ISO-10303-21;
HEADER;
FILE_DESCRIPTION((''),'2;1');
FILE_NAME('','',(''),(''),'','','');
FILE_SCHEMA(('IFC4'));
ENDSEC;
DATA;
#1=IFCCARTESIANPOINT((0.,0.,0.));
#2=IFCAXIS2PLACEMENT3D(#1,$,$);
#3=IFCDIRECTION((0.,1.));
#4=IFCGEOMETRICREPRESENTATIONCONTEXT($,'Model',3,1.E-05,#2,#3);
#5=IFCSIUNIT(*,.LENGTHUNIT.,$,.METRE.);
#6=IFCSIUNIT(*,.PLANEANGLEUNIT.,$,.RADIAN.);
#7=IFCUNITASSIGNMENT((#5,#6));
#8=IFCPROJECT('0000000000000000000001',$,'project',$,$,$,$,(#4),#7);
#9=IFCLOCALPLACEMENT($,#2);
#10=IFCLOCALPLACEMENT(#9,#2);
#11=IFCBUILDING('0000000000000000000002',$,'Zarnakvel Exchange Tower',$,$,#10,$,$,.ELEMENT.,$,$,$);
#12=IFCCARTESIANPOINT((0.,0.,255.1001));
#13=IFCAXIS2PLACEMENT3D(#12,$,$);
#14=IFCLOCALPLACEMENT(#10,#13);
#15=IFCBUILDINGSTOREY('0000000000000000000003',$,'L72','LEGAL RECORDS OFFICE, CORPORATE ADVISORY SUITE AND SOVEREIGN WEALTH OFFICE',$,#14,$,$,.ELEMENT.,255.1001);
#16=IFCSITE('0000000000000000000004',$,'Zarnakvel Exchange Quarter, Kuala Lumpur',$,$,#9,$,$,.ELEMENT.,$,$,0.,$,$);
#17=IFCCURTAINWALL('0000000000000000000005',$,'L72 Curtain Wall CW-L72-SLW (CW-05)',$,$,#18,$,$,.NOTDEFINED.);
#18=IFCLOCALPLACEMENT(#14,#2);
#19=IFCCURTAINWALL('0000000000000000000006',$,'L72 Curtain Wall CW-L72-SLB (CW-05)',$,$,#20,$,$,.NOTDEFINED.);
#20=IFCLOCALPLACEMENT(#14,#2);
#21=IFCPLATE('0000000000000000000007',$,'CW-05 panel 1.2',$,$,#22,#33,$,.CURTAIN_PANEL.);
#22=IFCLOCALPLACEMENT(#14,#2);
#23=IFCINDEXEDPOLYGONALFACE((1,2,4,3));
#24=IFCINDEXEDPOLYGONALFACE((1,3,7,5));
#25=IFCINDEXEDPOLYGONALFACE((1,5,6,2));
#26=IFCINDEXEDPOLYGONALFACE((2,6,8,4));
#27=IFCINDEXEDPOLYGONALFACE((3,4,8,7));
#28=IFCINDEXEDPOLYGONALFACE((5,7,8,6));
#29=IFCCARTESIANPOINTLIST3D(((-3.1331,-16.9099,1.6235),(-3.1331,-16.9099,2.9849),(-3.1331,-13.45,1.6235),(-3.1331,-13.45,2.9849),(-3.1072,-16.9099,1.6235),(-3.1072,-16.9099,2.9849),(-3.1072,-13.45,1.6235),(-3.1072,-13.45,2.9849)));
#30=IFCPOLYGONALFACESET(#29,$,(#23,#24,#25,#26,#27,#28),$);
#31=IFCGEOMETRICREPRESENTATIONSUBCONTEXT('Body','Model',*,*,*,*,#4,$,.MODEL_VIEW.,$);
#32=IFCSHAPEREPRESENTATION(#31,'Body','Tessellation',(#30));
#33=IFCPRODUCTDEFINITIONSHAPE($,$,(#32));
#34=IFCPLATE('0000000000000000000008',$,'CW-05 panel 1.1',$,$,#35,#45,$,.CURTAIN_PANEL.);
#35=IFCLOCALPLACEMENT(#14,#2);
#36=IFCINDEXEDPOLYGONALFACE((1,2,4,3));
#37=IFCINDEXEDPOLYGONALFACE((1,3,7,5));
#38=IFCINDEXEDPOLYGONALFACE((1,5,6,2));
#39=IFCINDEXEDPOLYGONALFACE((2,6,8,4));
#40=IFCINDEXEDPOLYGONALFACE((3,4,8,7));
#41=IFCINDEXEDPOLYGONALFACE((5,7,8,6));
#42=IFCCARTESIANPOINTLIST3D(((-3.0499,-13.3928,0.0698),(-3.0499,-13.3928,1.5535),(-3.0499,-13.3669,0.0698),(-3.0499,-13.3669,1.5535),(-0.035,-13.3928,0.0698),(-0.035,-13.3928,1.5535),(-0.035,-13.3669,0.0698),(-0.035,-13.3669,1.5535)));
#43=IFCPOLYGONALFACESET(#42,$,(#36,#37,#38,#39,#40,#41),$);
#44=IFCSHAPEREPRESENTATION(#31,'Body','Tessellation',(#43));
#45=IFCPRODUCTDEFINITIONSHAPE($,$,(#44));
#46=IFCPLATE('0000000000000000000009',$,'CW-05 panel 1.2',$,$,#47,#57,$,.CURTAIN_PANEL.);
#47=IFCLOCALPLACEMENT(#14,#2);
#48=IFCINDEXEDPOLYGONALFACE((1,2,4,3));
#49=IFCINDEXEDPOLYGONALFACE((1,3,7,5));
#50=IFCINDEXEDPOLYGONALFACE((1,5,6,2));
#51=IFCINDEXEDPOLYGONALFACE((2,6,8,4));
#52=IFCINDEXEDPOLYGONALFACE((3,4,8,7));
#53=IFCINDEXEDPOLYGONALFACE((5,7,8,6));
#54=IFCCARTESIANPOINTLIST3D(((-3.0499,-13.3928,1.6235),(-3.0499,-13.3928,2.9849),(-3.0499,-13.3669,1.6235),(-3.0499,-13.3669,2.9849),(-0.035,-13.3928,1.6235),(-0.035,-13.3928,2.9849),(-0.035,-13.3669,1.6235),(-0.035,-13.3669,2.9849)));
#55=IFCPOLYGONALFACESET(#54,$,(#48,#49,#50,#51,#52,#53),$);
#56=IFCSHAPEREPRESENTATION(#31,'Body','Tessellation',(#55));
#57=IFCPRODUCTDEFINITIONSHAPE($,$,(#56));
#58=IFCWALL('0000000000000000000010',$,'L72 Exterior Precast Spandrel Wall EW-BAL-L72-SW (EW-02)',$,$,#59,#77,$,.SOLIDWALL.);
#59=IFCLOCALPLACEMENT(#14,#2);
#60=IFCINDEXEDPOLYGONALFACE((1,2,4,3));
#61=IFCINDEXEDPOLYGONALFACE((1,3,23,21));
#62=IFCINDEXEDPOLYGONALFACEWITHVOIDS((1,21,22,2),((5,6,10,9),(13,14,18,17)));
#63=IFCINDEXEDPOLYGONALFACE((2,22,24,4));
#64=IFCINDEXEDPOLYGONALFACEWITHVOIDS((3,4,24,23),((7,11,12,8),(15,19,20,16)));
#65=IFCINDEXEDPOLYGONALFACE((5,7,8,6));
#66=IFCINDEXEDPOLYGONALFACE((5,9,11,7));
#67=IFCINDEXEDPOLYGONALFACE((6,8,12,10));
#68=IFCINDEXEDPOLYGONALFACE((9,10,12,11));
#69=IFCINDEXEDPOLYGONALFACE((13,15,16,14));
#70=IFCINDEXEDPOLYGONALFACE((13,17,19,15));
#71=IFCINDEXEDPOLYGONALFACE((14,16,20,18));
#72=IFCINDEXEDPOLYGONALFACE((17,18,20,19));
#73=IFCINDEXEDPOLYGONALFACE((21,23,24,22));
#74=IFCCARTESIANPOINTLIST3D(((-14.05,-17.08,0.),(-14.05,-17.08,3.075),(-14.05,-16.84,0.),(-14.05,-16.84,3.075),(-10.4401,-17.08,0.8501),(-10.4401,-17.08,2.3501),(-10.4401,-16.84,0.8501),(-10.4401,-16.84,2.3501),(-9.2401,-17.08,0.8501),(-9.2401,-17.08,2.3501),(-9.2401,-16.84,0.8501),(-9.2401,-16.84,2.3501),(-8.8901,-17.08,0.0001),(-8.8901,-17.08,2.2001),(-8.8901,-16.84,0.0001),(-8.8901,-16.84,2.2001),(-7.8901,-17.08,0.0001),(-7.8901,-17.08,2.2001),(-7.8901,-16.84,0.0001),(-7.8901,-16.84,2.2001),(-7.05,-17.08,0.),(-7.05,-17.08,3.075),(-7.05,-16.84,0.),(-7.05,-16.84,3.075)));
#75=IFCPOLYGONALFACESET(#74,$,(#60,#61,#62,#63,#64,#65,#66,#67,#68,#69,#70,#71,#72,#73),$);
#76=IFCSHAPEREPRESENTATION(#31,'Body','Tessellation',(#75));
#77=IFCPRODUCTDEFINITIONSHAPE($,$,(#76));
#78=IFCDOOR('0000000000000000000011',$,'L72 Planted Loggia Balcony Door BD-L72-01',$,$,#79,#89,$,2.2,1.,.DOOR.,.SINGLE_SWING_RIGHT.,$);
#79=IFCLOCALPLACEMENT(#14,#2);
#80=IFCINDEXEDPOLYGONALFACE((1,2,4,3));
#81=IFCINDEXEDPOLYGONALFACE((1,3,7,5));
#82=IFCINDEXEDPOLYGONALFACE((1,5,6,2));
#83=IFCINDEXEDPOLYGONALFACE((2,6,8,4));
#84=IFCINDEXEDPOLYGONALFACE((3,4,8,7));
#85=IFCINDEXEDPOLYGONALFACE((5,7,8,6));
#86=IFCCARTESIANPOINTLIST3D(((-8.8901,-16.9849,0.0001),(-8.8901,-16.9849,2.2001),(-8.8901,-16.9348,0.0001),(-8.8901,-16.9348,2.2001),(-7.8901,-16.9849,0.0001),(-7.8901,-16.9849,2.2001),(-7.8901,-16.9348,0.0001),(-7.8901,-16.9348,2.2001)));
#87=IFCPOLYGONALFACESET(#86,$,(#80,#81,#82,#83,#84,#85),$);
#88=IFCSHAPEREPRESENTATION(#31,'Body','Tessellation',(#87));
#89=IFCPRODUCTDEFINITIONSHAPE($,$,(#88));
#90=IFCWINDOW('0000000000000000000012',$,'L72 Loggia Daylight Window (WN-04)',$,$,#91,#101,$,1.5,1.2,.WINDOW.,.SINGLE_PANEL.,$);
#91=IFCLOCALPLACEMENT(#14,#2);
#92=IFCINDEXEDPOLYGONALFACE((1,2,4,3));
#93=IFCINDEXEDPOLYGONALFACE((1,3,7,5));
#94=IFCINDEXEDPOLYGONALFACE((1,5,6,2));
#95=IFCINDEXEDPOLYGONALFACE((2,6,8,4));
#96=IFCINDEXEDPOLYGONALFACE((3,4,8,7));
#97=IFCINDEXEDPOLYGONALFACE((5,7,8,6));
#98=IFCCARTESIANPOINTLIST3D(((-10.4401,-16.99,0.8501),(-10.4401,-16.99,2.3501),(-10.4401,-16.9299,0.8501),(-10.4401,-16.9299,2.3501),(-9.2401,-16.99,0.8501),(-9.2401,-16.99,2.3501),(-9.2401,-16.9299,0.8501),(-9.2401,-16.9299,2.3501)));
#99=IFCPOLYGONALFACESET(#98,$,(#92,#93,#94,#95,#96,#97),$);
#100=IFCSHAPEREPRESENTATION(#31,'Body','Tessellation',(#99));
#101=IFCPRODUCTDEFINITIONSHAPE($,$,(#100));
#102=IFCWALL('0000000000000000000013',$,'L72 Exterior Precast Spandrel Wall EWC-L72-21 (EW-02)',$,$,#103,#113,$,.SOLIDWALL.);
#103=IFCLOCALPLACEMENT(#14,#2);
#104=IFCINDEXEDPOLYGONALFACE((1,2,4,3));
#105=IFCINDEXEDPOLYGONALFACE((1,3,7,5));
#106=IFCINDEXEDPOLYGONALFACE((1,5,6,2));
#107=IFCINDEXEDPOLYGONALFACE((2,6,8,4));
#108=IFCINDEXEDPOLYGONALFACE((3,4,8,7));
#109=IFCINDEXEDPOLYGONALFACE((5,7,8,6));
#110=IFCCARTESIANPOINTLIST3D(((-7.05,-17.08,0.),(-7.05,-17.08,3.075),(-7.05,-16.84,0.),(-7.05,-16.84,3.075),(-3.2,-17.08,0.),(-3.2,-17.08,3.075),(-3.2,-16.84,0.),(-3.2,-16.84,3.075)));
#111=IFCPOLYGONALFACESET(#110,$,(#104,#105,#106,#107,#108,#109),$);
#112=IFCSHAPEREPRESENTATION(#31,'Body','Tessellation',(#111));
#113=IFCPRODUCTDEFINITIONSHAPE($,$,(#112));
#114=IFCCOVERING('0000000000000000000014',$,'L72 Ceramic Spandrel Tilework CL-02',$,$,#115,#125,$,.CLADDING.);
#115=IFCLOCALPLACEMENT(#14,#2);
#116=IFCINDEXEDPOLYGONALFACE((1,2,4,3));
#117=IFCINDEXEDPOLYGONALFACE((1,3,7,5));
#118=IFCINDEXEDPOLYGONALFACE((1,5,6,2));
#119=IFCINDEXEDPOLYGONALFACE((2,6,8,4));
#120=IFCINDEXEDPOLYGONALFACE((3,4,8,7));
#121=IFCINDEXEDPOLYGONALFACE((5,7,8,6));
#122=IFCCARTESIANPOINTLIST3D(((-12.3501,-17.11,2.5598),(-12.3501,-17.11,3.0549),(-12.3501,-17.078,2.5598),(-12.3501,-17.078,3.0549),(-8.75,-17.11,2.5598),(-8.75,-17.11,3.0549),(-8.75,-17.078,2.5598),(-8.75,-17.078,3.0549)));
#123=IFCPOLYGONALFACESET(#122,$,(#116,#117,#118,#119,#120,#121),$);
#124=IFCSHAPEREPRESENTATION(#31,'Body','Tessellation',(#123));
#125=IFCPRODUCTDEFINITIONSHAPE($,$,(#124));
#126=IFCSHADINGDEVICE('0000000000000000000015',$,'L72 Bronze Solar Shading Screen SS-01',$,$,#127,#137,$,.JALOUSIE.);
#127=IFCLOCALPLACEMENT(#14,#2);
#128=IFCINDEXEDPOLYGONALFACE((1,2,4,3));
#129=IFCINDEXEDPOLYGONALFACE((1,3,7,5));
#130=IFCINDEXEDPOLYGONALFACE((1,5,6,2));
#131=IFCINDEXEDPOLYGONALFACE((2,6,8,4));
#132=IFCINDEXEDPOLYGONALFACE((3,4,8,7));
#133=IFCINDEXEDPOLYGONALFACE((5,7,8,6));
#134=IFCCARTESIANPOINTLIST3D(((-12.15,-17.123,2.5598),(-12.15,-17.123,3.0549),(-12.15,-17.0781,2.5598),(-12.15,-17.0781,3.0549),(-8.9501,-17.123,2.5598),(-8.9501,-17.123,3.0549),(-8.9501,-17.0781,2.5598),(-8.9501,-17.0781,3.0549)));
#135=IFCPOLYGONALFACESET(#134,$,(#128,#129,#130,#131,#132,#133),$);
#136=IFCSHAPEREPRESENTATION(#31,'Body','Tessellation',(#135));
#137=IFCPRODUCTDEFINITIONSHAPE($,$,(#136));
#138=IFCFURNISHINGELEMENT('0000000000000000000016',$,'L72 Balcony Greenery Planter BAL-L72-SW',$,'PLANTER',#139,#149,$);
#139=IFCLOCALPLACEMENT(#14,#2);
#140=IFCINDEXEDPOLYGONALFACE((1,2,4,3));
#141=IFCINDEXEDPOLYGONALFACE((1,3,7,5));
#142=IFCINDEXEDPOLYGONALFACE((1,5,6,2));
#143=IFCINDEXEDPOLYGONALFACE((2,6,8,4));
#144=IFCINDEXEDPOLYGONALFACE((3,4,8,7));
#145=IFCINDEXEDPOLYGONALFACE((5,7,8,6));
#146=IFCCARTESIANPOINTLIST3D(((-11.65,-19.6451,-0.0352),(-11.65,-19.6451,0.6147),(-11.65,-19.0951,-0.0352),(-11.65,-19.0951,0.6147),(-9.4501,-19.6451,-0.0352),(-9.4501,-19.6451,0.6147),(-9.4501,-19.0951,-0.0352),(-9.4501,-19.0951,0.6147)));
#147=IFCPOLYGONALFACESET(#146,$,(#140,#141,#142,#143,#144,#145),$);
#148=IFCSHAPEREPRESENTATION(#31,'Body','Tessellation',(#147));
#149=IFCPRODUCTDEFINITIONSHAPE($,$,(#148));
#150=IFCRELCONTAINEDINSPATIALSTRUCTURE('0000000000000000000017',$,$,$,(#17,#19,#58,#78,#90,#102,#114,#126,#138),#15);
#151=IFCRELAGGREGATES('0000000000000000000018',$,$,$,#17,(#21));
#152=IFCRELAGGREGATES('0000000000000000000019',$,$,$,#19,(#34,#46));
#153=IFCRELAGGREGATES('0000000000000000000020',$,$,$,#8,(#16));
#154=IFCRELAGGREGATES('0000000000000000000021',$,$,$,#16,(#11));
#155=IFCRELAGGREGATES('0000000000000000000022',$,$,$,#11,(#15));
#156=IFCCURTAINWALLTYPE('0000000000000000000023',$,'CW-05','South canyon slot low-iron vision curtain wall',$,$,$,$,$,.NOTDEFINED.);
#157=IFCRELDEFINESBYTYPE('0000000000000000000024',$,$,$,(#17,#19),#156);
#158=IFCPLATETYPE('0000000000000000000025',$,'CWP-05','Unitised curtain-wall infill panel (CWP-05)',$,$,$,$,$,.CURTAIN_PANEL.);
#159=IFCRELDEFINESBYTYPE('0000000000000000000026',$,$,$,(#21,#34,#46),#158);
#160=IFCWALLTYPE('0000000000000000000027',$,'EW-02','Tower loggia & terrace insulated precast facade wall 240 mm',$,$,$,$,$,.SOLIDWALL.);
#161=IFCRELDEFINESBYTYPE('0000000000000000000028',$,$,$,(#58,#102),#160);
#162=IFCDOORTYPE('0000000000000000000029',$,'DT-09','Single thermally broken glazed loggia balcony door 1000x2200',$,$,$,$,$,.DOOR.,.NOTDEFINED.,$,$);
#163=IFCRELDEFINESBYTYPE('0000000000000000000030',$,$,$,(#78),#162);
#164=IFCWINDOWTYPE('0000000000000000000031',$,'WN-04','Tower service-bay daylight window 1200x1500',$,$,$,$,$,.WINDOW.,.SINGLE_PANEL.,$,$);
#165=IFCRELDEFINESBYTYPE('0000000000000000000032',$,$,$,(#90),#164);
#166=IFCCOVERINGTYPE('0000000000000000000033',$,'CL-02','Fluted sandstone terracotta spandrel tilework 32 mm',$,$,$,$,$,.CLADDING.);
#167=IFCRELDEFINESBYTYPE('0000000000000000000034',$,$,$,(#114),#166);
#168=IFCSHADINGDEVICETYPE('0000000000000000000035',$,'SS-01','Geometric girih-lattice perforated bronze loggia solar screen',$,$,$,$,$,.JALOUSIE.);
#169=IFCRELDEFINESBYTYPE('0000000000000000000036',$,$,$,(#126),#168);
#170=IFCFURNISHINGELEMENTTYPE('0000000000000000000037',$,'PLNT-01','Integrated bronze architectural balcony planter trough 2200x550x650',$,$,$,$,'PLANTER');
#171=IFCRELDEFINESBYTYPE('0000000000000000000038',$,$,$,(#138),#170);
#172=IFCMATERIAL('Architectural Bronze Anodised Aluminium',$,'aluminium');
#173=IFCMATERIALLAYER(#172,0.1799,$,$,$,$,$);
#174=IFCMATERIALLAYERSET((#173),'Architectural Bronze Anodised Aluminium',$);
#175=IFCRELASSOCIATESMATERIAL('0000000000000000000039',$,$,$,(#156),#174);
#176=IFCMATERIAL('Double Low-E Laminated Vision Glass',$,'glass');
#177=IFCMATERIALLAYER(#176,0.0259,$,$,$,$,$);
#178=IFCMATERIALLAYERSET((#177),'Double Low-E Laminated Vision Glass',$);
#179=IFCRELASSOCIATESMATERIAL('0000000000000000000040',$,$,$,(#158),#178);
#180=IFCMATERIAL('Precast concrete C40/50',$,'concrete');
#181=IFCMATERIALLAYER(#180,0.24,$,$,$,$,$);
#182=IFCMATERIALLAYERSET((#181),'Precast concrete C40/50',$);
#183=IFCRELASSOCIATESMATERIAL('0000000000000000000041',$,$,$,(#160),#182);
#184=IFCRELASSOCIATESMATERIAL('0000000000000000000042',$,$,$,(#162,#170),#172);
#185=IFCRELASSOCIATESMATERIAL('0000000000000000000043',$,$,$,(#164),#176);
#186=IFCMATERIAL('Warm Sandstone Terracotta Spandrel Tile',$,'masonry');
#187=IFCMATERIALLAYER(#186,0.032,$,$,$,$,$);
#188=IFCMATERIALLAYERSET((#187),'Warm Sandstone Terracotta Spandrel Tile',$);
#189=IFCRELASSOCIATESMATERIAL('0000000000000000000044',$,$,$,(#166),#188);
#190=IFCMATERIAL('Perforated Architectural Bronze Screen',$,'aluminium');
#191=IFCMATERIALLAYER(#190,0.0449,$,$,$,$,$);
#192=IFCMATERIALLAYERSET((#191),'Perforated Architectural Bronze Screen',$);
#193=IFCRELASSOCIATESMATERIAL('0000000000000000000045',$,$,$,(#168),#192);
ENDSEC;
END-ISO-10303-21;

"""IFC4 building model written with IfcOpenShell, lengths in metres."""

from ifc_helpers import new_model, si_unit, direction, frame, frame_2d, origin, origin_2d, place, context, subcontext, project, spatial, rectangle, extrude, source, transform, mapped, material, layer, layer_set, type_object, element, fill, aggregate, save


model = new_model("IFC4")

# Units and contexts
model_context = context("Model", 3, precision=1e-05, world=origin(), true_north=direction((0.0, 1.0)))
body_context = subcontext(model_context, "Body", "Model", "MODEL_VIEW")
ifc_project = project(units=[si_unit("LENGTHUNIT", "METRE"), si_unit("PLANEANGLEUNIT", "RADIAN")], contexts=[model_context])

# Site, building, storey
site_placement = place(None, origin())
site = spatial("IfcSite", under=ifc_project, at=site_placement, Name="Zarnakvel Exchange Quarter, Kuala Lumpur", CompositionType="ELEMENT", RefElevation=0.0)
building_placement = place(site_placement, origin())
building = spatial("IfcBuilding", under=site, at=building_placement, Name="Zarnakvel Exchange Tower", CompositionType="ELEMENT")
storey_placement = place(building_placement, frame((0.0, 0.0, 255.1001)))
storey = spatial("IfcBuildingStorey", under=building, at=storey_placement, Name="L72", Description="LEGAL RECORDS OFFICE, CORPORATE ADVISORY SUITE AND SOVEREIGN WEALTH OFFICE", CompositionType="ELEMENT", Elevation=255.1001)

# Curtain walls
ifc_material_1 = material(Name="Architectural Bronze Anodised Aluminium", Category="aluminium")
ifc_layer_1 = layer(ifc_material_1, 0.1799)
ifc_layer_set_1 = layer_set([ifc_layer_1], Name="Architectural Bronze Anodised Aluminium")
curtain_wall_type = type_object("IfcCurtainWallType", Name="CW-05", Description="South canyon slot low-iron vision curtain wall", PredefinedType="NOTDEFINED", material=ifc_layer_set_1)
curtain_wall_1_placement = place(storey_placement, origin())
curtain_wall_1 = element("IfcCurtainWall", 1, at=curtain_wall_1_placement, inside=storey, type_object=curtain_wall_type, Name="L72 Curtain Wall CW-L72-SLW (CW-05)", PredefinedType="NOTDEFINED")
curtain_wall_2_placement = place(storey_placement, origin())
curtain_wall_2 = element("IfcCurtainWall", 2, at=curtain_wall_2_placement, inside=storey, type_object=curtain_wall_type, Name="L72 Curtain Wall CW-L72-SLB (CW-05)", PredefinedType="NOTDEFINED")

# Plates
ifc_material_2 = material(Name="Double Low-E Laminated Vision Glass", Category="glass")
ifc_layer_2 = layer(ifc_material_2, 0.0259)
ifc_layer_set_2 = layer_set([ifc_layer_2], Name="Double Low-E Laminated Vision Glass")
plate_type = type_object("IfcPlateType", Name="CWP-05", Description="Unitised curtain-wall infill panel (CWP-05)", PredefinedType="CURTAIN_PANEL", material=ifc_layer_set_2)
shared_shape_1 = source(origin(), body_context, "Body", "SweptSolid", [
    extrude(rectangle(XDim=3.46, YDim=0.0259, at=origin_2d()), origin(), (0.0, 0.0, 1.0), 1.3613),
])
plate_1_placement = place(storey_placement, frame((-3.1201, -15.1799, 1.6235), z_axis=(0.0, 0.0, 1.0), x_axis=(0.0, 1.0, 0.0)))
plate_1 = element("IfcPlate", 3, at=plate_1_placement, type_object=plate_type, Name="CW-05 panel 1.2", PredefinedType="CURTAIN_PANEL", context=body_context, shape_type="MappedRepresentation", body=[
    mapped(shared_shape_1, transform((0.0, 0.0, 0.0), x_axis=(1.0, 0.0, 0.0), y_axis=(0.0, 1.0, 0.0), z_axis=(0.0, 0.0, 1.0), scale=1.0)),
])
aggregate(curtain_wall_1, [plate_1])
shared_shape_2 = source(origin(), body_context, "Body", "SweptSolid", [
    extrude(rectangle(XDim=3.0149, YDim=0.0259, at=origin_2d()), origin(), (0.0, 0.0, 1.0), 1.4836),
])
plate_2_placement = place(storey_placement, frame((-1.5425, -13.3799, 0.0698), z_axis=(0.0, 0.0, 1.0), x_axis=(1.0, 0.0, 0.0)))
plate_2 = element("IfcPlate", 4, at=plate_2_placement, type_object=plate_type, Name="CW-05 panel 1.1", PredefinedType="CURTAIN_PANEL", context=body_context, shape_type="MappedRepresentation", body=[
    mapped(shared_shape_2, transform((0.0, 0.0, 0.0), x_axis=(1.0, 0.0, 0.0), y_axis=(0.0, 1.0, 0.0), z_axis=(0.0, 0.0, 1.0), scale=1.0)),
])
shared_shape_3 = source(origin(), body_context, "Body", "SweptSolid", [
    extrude(rectangle(XDim=3.0149, YDim=0.0259, at=origin_2d()), origin(), (0.0, 0.0, 1.0), 1.3613),
])
plate_3_placement = place(storey_placement, frame((-1.5425, -13.3799, 1.6235), z_axis=(0.0, 0.0, 1.0), x_axis=(1.0, 0.0, 0.0)))
plate_3 = element("IfcPlate", 5, at=plate_3_placement, type_object=plate_type, Name="CW-05 panel 1.2", PredefinedType="CURTAIN_PANEL", context=body_context, shape_type="MappedRepresentation", body=[
    mapped(shared_shape_3, transform((0.0, 0.0, 0.0), x_axis=(1.0, 0.0, 0.0), y_axis=(0.0, 1.0, 0.0), z_axis=(0.0, 0.0, 1.0), scale=1.0)),
])
aggregate(curtain_wall_2, [plate_2, plate_3])

# Wall, openings, door, window
ifc_material_3 = material(Name="Precast concrete C40/50", Category="concrete")
ifc_layer_3 = layer(ifc_material_3, 0.24)
ifc_layer_set_3 = layer_set([ifc_layer_3], Name="Precast concrete C40/50")
wall_type = type_object("IfcWallType", Name="EW-02", Description="Tower loggia & terrace insulated precast facade wall 240 mm", PredefinedType="SOLIDWALL", material=ifc_layer_set_3)
wall_1_placement = place(storey_placement, frame((-7.05, -16.96, 0.0), z_axis=(0.0, 0.0, 1.0), x_axis=(-1.0, 0.0, 0.0)))
wall_1 = element("IfcWall", 6, at=wall_1_placement, inside=storey, type_object=wall_type, Name="L72 Exterior Precast Spandrel Wall EW-BAL-L72-SW (EW-02)", PredefinedType="SOLIDWALL", context=body_context, shape_type="SweptSolid", body=[
    extrude(rectangle(XDim=7.0, YDim=0.24, at=frame_2d((3.5, 0.0))), origin(), (0.0, 0.0, 1.0), 3.075),
])
opening_1_placement = place(wall_1_placement, frame((0.8401, 0.0, 0.0)))
opening_1 = element("IfcOpeningElement", 7, at=opening_1_placement, cuts=wall_1, PredefinedType="OPENING", context=body_context, shape_type="SweptSolid", body=[
    extrude(rectangle(XDim=1.0, YDim=2.2, at=frame_2d((0.5, 1.1001))), frame((0.0, 0.1299, 0.0), z_axis=(0.0, -1.0, 0.0), x_axis=(1.0, 0.0, 0.0)), (0.0, 0.0, 1.0), 0.26),
])
opening_2_placement = place(wall_1_placement, frame((2.1899, 0.0, 0.8501)))
opening_2 = element("IfcOpeningElement", 8, at=opening_2_placement, cuts=wall_1, PredefinedType="OPENING", context=body_context, shape_type="SweptSolid", body=[
    extrude(rectangle(XDim=1.2, YDim=1.5, at=frame_2d((0.6001, 0.75))), frame((0.0, 0.1299, 0.0), z_axis=(0.0, -1.0, 0.0), x_axis=(1.0, 0.0, 0.0)), (0.0, 0.0, 1.0), 0.26),
])
door_type = type_object("IfcDoorType", Name="DT-09", Description="Single thermally broken glazed loggia balcony door 1000x2200", OperationType="NOTDEFINED", PredefinedType="DOOR", material=ifc_material_1)
shared_shape_4 = source(origin(), body_context, "Body", "SweptSolid", [
    extrude(rectangle(XDim=1.0, YDim=2.2, at=frame_2d((0.5, 1.1001))), frame((0.0, 0.0249, 0.0), z_axis=(0.0, -1.0, 0.0), x_axis=(1.0, 0.0, 0.0)), (0.0, 0.0, 1.0), 0.05),
])
door_placement = place(opening_1_placement, origin())
door = element("IfcDoor", 9, at=door_placement, inside=storey, type_object=door_type, Name="L72 Planted Loggia Balcony Door BD-L72-01", OperationType="SINGLE_SWING_RIGHT", OverallHeight=2.2, OverallWidth=1.0, PredefinedType="DOOR", context=body_context, shape_type="MappedRepresentation", body=[
    mapped(shared_shape_4, transform((0.0, 0.0, 0.0), x_axis=(1.0, 0.0, 0.0), y_axis=(0.0, 1.0, 0.0), z_axis=(0.0, 0.0, 1.0), scale=1.0)),
])
fill(opening_1, door)
window_type = type_object("IfcWindowType", Name="WN-04", Description="Tower service-bay daylight window 1200x1500", PartitioningType="SINGLE_PANEL", PredefinedType="WINDOW", material=ifc_material_2)
shared_shape_5 = source(origin(), body_context, "Body", "SweptSolid", [
    extrude(rectangle(XDim=1.2, YDim=1.5, at=frame_2d((0.6001, 0.75))), frame((0.0, 0.03, 0.0), z_axis=(0.0, -1.0, 0.0), x_axis=(1.0, 0.0, 0.0)), (0.0, 0.0, 1.0), 0.0601),
])
window_placement = place(opening_2_placement, origin())
window = element("IfcWindow", 10, at=window_placement, inside=storey, type_object=window_type, Name="L72 Loggia Daylight Window (WN-04)", OverallHeight=1.5, OverallWidth=1.2, PartitioningType="SINGLE_PANEL", PredefinedType="WINDOW", context=body_context, shape_type="MappedRepresentation", body=[
    mapped(shared_shape_5, transform((0.0, 0.0, 0.0), x_axis=(1.0, 0.0, 0.0), y_axis=(0.0, 1.0, 0.0), z_axis=(0.0, 0.0, 1.0), scale=1.0)),
])
fill(opening_2, window)

# Wall
wall_2_placement = place(storey_placement, frame((-7.05, -16.96, 0.0), z_axis=(0.0, 0.0, 1.0), x_axis=(1.0, 0.0, 0.0)))
element("IfcWall", 11, at=wall_2_placement, inside=storey, type_object=wall_type, Name="L72 Exterior Precast Spandrel Wall EWC-L72-21 (EW-02)", PredefinedType="SOLIDWALL", context=body_context, shape_type="SweptSolid", body=[
    extrude(rectangle(XDim=3.8501, YDim=0.24, at=frame_2d((1.925, 0.0))), origin(), (0.0, 0.0, 1.0), 3.075),
])

# Covering
ifc_material_4 = material(Name="Warm Sandstone Terracotta Spandrel Tile", Category="masonry")
ifc_layer_4 = layer(ifc_material_4, 0.032)
ifc_layer_set_4 = layer_set([ifc_layer_4], Name="Warm Sandstone Terracotta Spandrel Tile")
covering_type = type_object("IfcCoveringType", Name="CL-02", Description="Fluted sandstone terracotta spandrel tilework 32 mm", PredefinedType="CLADDING", material=ifc_layer_set_4)
shared_shape_6 = source(origin(), body_context, "Body", "SweptSolid", [
    extrude(rectangle(XDim=3.6001, YDim=0.032, at=origin_2d()), origin(), (0.0, 0.0, 1.0), 0.4951),
])
covering_placement = place(storey_placement, frame((-10.55, -17.094, 2.5598), z_axis=(0.0, 0.0, 1.0), x_axis=(-1.0, 0.0, 0.0)))
element("IfcCovering", 12, at=covering_placement, inside=storey, type_object=covering_type, Name="L72 Ceramic Spandrel Tilework CL-02", PredefinedType="CLADDING", context=body_context, shape_type="MappedRepresentation", body=[
    mapped(shared_shape_6, transform((0.0, 0.0, 0.0), x_axis=(1.0, 0.0, 0.0), y_axis=(0.0, 1.0, 0.0), z_axis=(0.0, 0.0, 1.0), scale=1.0)),
])

# Shading device
ifc_material_5 = material(Name="Perforated Architectural Bronze Screen", Category="aluminium")
ifc_layer_5 = layer(ifc_material_5, 0.0449)
ifc_layer_set_5 = layer_set([ifc_layer_5], Name="Perforated Architectural Bronze Screen")
shading_device_type = type_object("IfcShadingDeviceType", Name="SS-01", Description="Geometric girih-lattice perforated bronze loggia solar screen", PredefinedType="JALOUSIE", material=ifc_layer_set_5)
shared_shape_7 = source(origin(), body_context, "Body", "SweptSolid", [
    extrude(rectangle(XDim=3.2, YDim=0.0449, at=origin_2d()), origin(), (0.0, 0.0, 1.0), 0.4951),
])
shading_device_placement = place(storey_placement, frame((-10.55, -17.1006, 2.5598), z_axis=(0.0, 0.0, 1.0), x_axis=(-1.0, 0.0, 0.0)))
element("IfcShadingDevice", 13, at=shading_device_placement, inside=storey, type_object=shading_device_type, Name="L72 Bronze Solar Shading Screen SS-01", PredefinedType="JALOUSIE", context=body_context, shape_type="MappedRepresentation", body=[
    mapped(shared_shape_7, transform((0.0, 0.0, 0.0), x_axis=(1.0, 0.0, 0.0), y_axis=(0.0, 1.0, 0.0), z_axis=(0.0, 0.0, 1.0), scale=1.0)),
])

# Furnishing element
furnishing_element_type = type_object("IfcFurnishingElementType", Name="PLNT-01", Description="Integrated bronze architectural balcony planter trough 2200x550x650", ElementType="PLANTER", material=ifc_material_1)
shared_shape_8 = source(origin(), body_context, "Body", "SweptSolid", [
    extrude(rectangle(XDim=2.2, YDim=0.55, at=origin_2d()), origin(), (0.0, 0.0, 1.0), 0.6499),
])
furnishing_placement = place(storey_placement, frame((-10.55, -19.3701, -0.0352), z_axis=(0.0, 0.0, 1.0), x_axis=(1.0, 0.0, 0.0)))
element("IfcFurnishingElement", 14, at=furnishing_placement, inside=storey, type_object=furnishing_element_type, Name="L72 Balcony Greenery Planter BAL-L72-SW", ObjectType="PLANTER", context=body_context, shape_type="MappedRepresentation", body=[
    mapped(shared_shape_8, transform((0.0, 0.0, 0.0), x_axis=(1.0, 0.0, 0.0), y_axis=(0.0, 1.0, 0.0), z_axis=(0.0, 0.0, 1.0), scale=1.0)),
])

save(model, "model.ifc")
